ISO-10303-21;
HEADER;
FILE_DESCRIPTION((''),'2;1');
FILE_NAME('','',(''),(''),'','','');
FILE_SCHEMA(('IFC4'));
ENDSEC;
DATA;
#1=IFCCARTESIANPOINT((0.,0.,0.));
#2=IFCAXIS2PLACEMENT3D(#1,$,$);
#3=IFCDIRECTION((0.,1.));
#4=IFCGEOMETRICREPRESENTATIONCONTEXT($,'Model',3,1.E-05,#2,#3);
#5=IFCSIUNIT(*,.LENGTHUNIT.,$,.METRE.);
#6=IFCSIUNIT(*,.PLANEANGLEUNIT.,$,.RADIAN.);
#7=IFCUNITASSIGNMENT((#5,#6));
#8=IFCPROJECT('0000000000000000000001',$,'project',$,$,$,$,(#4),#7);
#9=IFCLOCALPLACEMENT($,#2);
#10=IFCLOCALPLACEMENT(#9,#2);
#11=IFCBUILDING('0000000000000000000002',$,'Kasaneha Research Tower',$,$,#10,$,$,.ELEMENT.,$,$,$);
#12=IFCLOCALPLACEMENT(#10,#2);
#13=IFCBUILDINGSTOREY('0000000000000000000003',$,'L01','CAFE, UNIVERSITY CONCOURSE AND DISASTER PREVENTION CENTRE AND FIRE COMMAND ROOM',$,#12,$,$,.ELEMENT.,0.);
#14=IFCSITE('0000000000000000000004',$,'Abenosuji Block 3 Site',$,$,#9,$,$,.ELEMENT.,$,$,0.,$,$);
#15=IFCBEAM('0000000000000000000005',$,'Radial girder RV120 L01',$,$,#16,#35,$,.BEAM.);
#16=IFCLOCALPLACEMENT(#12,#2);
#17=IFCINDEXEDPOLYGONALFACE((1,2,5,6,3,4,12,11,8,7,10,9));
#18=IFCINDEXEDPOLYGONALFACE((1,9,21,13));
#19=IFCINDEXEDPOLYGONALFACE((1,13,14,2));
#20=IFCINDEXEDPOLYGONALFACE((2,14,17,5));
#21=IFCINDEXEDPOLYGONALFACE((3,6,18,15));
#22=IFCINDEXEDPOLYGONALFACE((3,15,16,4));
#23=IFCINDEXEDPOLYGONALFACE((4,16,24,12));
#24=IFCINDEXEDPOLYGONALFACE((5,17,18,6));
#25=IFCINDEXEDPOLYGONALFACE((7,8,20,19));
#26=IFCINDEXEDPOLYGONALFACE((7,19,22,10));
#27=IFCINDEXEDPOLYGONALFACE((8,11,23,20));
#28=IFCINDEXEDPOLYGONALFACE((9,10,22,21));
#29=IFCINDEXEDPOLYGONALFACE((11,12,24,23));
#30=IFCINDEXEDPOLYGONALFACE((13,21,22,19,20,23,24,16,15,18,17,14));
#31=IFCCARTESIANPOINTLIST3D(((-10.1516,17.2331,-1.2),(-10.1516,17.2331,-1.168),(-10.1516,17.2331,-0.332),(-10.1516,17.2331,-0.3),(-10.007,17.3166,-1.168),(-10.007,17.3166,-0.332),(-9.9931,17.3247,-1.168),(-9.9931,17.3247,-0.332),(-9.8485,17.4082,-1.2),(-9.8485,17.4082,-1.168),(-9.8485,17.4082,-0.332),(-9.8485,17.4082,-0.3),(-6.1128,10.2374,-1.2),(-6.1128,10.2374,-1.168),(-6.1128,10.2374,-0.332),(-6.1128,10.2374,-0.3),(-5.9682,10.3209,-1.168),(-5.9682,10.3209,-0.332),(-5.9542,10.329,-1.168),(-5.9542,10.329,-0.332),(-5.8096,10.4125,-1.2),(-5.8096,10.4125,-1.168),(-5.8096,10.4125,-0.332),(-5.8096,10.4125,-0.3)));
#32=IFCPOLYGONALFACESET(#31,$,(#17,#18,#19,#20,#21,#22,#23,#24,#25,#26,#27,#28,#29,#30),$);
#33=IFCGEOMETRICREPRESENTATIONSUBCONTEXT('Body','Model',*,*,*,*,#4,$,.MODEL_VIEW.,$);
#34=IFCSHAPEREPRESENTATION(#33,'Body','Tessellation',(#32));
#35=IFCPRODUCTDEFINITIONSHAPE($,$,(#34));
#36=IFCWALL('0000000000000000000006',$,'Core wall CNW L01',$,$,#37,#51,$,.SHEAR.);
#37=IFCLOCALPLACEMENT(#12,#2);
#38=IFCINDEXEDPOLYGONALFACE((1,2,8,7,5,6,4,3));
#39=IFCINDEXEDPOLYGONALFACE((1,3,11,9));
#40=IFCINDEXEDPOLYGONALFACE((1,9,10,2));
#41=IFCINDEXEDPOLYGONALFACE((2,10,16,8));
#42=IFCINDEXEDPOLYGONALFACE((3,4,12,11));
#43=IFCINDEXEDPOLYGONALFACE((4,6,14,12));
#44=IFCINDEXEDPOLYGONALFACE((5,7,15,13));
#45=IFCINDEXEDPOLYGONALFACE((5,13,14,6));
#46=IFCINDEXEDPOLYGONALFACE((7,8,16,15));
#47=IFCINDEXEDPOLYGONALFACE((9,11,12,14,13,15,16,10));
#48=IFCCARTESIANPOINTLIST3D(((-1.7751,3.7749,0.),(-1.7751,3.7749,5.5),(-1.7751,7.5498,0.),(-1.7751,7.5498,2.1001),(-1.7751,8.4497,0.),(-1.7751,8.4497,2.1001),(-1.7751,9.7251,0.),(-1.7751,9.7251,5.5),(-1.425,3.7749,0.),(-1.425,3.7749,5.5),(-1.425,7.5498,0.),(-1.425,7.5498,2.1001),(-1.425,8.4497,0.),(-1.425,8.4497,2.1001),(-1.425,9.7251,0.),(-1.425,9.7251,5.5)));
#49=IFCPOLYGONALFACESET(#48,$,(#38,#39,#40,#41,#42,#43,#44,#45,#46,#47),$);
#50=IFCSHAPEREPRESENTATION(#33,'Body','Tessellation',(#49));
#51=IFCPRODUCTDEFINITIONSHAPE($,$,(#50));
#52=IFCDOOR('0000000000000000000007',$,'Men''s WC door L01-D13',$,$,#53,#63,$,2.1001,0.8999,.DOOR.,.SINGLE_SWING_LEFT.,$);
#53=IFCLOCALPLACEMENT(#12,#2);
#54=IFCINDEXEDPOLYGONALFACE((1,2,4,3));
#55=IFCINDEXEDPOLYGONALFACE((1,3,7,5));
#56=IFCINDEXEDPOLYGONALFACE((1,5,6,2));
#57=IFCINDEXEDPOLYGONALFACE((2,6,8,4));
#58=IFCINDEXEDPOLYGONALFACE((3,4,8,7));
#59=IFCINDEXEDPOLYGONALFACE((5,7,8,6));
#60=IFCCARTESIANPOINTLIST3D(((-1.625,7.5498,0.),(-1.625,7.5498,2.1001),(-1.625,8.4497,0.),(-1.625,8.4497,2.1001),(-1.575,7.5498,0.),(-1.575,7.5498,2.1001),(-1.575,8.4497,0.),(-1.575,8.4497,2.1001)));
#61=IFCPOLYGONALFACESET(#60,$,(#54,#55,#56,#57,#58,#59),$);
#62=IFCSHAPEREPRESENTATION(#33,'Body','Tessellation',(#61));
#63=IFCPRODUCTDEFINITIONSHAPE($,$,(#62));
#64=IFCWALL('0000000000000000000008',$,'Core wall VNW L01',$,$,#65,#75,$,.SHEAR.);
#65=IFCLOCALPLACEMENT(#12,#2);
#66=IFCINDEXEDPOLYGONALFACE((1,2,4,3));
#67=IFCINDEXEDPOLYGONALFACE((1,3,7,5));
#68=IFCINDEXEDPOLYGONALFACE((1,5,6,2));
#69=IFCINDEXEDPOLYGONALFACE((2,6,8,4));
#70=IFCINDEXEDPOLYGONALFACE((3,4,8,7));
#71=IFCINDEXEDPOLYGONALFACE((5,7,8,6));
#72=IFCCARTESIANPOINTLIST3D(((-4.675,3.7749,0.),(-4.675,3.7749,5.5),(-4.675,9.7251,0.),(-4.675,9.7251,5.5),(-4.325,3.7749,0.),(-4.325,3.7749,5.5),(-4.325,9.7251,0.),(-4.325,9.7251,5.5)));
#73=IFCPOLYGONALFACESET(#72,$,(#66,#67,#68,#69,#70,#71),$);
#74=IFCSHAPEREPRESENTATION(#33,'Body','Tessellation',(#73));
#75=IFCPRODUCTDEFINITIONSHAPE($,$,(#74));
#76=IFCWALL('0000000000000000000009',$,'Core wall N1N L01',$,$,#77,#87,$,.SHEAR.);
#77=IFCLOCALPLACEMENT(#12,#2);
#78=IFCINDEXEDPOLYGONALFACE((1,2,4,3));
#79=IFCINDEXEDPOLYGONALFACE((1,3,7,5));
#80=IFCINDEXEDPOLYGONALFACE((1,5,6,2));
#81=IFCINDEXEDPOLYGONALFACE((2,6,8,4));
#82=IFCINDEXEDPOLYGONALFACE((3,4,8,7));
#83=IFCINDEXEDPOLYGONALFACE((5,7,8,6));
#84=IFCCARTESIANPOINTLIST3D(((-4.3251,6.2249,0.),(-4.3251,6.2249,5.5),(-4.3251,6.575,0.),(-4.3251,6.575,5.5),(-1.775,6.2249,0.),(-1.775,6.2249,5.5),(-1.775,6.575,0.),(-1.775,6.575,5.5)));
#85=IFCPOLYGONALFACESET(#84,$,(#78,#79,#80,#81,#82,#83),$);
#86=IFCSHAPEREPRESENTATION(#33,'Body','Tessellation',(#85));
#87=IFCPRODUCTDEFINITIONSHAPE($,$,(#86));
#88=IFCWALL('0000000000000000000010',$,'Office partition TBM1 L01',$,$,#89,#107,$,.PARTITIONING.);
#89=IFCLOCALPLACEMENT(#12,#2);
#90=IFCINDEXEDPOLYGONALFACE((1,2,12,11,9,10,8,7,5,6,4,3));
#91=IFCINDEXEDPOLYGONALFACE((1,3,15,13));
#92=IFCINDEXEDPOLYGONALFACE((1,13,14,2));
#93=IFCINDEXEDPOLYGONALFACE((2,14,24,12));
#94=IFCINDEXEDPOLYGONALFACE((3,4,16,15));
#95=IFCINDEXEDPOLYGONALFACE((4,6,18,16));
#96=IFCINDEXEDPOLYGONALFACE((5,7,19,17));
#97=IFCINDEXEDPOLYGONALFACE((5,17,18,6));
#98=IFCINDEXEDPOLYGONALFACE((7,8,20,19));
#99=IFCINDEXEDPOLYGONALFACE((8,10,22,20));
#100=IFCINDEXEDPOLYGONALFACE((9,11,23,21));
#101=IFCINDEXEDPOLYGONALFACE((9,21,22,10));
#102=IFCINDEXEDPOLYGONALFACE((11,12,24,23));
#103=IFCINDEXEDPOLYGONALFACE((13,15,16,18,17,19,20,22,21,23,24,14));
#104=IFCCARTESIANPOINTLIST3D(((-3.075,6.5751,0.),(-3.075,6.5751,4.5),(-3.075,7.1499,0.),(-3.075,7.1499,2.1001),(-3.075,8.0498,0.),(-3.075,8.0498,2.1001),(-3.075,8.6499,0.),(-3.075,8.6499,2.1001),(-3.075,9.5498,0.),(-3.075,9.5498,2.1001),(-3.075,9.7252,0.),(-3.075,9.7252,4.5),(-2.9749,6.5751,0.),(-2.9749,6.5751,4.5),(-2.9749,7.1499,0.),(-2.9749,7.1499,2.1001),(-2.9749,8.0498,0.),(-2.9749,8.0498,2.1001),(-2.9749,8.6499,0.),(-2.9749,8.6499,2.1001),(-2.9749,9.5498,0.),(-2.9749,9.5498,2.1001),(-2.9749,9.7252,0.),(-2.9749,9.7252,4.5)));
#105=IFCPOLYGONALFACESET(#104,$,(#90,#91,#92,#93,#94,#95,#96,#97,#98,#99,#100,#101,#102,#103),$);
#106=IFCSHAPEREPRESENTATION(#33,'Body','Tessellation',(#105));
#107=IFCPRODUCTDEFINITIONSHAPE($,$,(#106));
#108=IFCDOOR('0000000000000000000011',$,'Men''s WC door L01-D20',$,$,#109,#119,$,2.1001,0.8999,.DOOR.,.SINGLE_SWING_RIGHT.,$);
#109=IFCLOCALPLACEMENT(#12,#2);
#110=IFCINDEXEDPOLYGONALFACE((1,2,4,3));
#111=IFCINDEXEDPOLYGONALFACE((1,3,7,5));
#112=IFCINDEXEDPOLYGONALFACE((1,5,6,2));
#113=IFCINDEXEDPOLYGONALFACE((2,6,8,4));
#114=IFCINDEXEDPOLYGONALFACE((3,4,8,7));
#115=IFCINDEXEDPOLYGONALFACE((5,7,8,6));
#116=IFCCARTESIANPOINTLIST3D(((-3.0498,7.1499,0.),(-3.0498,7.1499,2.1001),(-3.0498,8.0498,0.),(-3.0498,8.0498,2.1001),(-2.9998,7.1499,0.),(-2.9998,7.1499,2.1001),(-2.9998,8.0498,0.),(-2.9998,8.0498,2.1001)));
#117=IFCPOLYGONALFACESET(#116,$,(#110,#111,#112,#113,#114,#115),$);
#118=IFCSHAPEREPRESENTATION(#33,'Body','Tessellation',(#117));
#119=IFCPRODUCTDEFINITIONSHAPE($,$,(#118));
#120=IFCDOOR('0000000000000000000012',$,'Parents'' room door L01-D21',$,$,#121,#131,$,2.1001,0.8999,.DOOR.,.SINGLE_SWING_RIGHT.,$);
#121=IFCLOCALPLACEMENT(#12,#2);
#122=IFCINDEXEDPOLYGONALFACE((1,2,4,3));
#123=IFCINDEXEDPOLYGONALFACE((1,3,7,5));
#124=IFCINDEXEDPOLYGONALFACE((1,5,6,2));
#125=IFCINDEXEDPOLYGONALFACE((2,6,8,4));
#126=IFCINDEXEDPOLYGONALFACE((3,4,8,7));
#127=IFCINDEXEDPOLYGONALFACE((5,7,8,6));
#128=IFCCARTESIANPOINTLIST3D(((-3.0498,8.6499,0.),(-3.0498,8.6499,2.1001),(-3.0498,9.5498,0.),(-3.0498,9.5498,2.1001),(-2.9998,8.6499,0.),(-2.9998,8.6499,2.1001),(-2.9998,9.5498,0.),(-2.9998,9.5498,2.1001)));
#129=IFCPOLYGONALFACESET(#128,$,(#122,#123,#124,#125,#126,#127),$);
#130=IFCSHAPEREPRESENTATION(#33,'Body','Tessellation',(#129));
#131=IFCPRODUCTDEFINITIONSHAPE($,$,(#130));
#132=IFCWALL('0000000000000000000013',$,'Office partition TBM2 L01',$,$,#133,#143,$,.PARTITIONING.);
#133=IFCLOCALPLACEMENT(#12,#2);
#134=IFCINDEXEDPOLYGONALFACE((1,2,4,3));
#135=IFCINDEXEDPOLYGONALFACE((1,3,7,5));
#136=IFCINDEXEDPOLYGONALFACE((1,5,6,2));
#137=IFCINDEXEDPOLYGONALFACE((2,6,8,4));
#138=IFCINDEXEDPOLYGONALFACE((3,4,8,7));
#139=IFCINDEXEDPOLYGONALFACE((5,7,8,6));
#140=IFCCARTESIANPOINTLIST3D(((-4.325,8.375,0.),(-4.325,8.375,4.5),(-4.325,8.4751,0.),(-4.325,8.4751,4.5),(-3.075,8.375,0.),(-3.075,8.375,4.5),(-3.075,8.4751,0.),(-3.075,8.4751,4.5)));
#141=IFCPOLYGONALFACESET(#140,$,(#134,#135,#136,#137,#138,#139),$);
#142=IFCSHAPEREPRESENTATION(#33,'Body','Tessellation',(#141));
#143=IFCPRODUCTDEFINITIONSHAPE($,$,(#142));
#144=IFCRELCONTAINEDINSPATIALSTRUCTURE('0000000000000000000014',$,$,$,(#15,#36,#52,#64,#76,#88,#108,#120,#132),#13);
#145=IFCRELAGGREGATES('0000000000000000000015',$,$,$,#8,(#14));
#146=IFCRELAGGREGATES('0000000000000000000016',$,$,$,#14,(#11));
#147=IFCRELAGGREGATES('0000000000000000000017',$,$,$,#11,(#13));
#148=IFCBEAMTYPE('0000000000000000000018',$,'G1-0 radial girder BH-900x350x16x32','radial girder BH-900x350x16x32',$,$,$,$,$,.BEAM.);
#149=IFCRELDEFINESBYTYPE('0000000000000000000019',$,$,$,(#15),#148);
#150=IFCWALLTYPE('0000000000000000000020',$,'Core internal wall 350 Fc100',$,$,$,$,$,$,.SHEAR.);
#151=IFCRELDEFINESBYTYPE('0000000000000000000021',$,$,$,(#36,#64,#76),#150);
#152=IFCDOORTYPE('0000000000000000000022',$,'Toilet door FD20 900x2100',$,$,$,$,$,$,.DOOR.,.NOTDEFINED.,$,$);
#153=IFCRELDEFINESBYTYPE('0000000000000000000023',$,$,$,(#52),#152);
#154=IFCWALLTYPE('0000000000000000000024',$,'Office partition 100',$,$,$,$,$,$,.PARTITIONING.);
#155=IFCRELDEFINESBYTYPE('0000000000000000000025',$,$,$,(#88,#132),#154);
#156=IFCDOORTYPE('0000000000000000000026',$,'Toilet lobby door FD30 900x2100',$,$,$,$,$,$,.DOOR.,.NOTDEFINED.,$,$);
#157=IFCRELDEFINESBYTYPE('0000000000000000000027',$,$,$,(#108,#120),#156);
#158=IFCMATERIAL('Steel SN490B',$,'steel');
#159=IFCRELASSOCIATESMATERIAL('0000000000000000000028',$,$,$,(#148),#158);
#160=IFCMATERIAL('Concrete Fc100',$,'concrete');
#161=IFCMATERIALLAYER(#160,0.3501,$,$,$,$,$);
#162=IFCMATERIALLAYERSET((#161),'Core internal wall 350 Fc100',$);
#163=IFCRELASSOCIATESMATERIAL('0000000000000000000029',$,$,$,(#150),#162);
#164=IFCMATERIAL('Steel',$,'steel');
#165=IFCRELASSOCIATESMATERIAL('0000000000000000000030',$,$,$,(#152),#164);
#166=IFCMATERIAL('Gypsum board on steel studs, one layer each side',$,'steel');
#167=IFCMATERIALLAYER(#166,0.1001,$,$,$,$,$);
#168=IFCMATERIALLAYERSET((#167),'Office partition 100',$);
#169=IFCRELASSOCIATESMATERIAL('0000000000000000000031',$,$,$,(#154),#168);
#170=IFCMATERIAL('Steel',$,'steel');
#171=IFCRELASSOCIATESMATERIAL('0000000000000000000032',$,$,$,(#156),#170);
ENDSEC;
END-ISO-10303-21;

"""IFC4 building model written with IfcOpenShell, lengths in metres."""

from ifc_helpers import new_model, si_unit, direction, frame, frame_2d, origin, origin_2d, place, context, subcontext, project, spatial, rectangle, i_section, extrude, material, layer, layer_set, material_profile, profile_set, type_object, element, fill, save


model = new_model("IFC4")

# Units and contexts
model_context = context("Model", 3, precision=1e-05, world=origin(), true_north=direction((0.0, 1.0)))
body_context = subcontext(model_context, "Body", "Model", "MODEL_VIEW")
ifc_project = project(units=[si_unit("LENGTHUNIT", "METRE"), si_unit("PLANEANGLEUNIT", "RADIAN")], contexts=[model_context])

# Site, building, storey
site_placement = place(None, origin())
site = spatial("IfcSite", under=ifc_project, at=site_placement, Name="Abenosuji Block 3 Site", CompositionType="ELEMENT", RefElevation=0.0)
building_placement = place(site_placement, origin())
building = spatial("IfcBuilding", under=site, at=building_placement, Name="Kasaneha Research Tower", CompositionType="ELEMENT")
storey_placement = place(building_placement, origin())
storey = spatial("IfcBuildingStorey", under=building, at=storey_placement, Name="L01", Description="CAFE, UNIVERSITY CONCOURSE AND DISASTER PREVENTION CENTRE AND FIRE COMMAND ROOM", CompositionType="ELEMENT", Elevation=0.0)

# Beam
ifc_material_1 = material(Name="Steel SN490B", Category="steel")
ifc_material_profile = material_profile(ifc_material_1, i_section(OverallWidth=0.3501, OverallDepth=0.8999, WebThickness=0.0161, FlangeThickness=0.032, at=origin_2d()), Name="BH-900x350x16x32")
ifc_profile_set = profile_set([ifc_material_profile], Name="Steel SN490B")
beam_type = type_object("IfcBeamType", Name="G1-0 radial girder BH-900x350x16x32", Description="radial girder BH-900x350x16x32", PredefinedType="BEAM", material=ifc_profile_set)
beam_placement = place(storey_placement, frame((-5.9612, 10.325, -0.75), z_axis=(-0.499991, 0.866031, 0.0), x_axis=(-0.866031, -0.499991, 0.0)))
element("IfcBeam", 1, at=beam_placement, inside=storey, type_object=beam_type, Name="Radial girder RV120 L01", PredefinedType="BEAM", context=body_context, shape_type="SweptSolid", body=[
    extrude(i_section(OverallWidth=0.3501, OverallDepth=0.8999, WebThickness=0.0161, FlangeThickness=0.032, at=origin_2d()), origin(), (0.0, 0.0, 1.0), 8.0779),
])

# Wall, opening, door
ifc_material_2 = material(Name="Concrete Fc100", Category="concrete")
ifc_layer_1 = layer(ifc_material_2, 0.3501)
ifc_layer_set_1 = layer_set([ifc_layer_1], Name="Core internal wall 350 Fc100")
wall_type_1 = type_object("IfcWallType", Name="Core internal wall 350 Fc100", PredefinedType="SHEAR", material=ifc_layer_set_1)
wall_1_placement = place(storey_placement, frame((-1.6001, 3.7749, 0.0), z_axis=(0.0, 0.0, 1.0), x_axis=(0.0, 1.0, 0.0)))
wall_1 = element("IfcWall", 2, at=wall_1_placement, inside=storey, type_object=wall_type_1, Name="Core wall CNW L01", PredefinedType="SHEAR", context=body_context, shape_type="SweptSolid", body=[
    extrude(rectangle(XDim=5.9502, YDim=0.3501, at=frame_2d((2.9751, 0.0))), origin(), (0.0, 0.0, 1.0), 5.5),
])
opening_1_placement = place(wall_1_placement, frame((3.7749, 0.0, 0.0)))
opening_1 = element("IfcOpeningElement", 3, at=opening_1_placement, cuts=wall_1, PredefinedType="OPENING", context=body_context, shape_type="SweptSolid", body=[
    extrude(rectangle(XDim=0.8999, YDim=2.1001, at=frame_2d((0.45, 1.05))), frame((0.0, 0.1851, 0.0), z_axis=(0.0, -1.0, 0.0), x_axis=(1.0, 0.0, 0.0)), (0.0, 0.0, 1.0), 0.3701),
])
ifc_material_3 = material(Name="Steel", Category="steel")
door_type_1 = type_object("IfcDoorType", Name="Toilet door FD20 900x2100", OperationType="NOTDEFINED", PredefinedType="DOOR", material=ifc_material_3)
door_1_placement = place(opening_1_placement, origin())
door_1 = element("IfcDoor", 4, at=door_1_placement, inside=storey, type_object=door_type_1, Name="Men's WC door L01-D13", OperationType="SINGLE_SWING_LEFT", OverallHeight=2.1001, OverallWidth=0.8999, PredefinedType="DOOR", context=body_context, shape_type="SweptSolid", body=[
    extrude(rectangle(XDim=0.8999, YDim=2.1001, at=frame_2d((0.45, 1.05))), frame((0.0, 0.0249, 0.0), z_axis=(0.0, -1.0, 0.0), x_axis=(1.0, 0.0, 0.0)), (0.0, 0.0, 1.0), 0.05),
])
fill(opening_1, door_1)

# Walls
wall_2_placement = place(storey_placement, frame((-4.5, 3.7749, 0.0), z_axis=(0.0, 0.0, 1.0), x_axis=(0.0, 1.0, 0.0)))
element("IfcWall", 5, at=wall_2_placement, inside=storey, type_object=wall_type_1, Name="Core wall VNW L01", PredefinedType="SHEAR", context=body_context, shape_type="SweptSolid", body=[
    extrude(rectangle(XDim=5.9502, YDim=0.3501, at=frame_2d((2.9751, 0.0))), origin(), (0.0, 0.0, 1.0), 5.5),
])
wall_3_placement = place(storey_placement, frame((-4.325, 6.3999, 0.0), z_axis=(0.0, 0.0, 1.0), x_axis=(1.0, 0.0, 0.0)))
element("IfcWall", 6, at=wall_3_placement, inside=storey, type_object=wall_type_1, Name="Core wall N1N L01", PredefinedType="SHEAR", context=body_context, shape_type="SweptSolid", body=[
    extrude(rectangle(XDim=2.55, YDim=0.3501, at=frame_2d((1.2749, 0.0))), origin(), (0.0, 0.0, 1.0), 5.5),
])

# Wall, openings, doors
ifc_material_4 = material(Name="Gypsum board on steel studs, one layer each side", Category="steel")
ifc_layer_2 = layer(ifc_material_4, 0.1001)
ifc_layer_set_2 = layer_set([ifc_layer_2], Name="Office partition 100")
wall_type_2 = type_object("IfcWallType", Name="Office partition 100", PredefinedType="PARTITIONING", material=ifc_layer_set_2)
wall_4_placement = place(storey_placement, frame((-3.0249, 6.575, 0.0), z_axis=(0.0, 0.0, 1.0), x_axis=(0.0, 1.0, 0.0)))
wall_4 = element("IfcWall", 7, at=wall_4_placement, inside=storey, type_object=wall_type_2, Name="Office partition TBM1 L01", PredefinedType="PARTITIONING", context=body_context, shape_type="SweptSolid", body=[
    extrude(rectangle(XDim=3.1501, YDim=0.1001, at=frame_2d((1.5752, 0.0))), origin(), (0.0, 0.0, 1.0), 4.5),
])
opening_2_placement = place(wall_4_placement, frame((0.575, 0.0, 0.0)))
opening_2 = element("IfcOpeningElement", 8, at=opening_2_placement, cuts=wall_4, PredefinedType="OPENING", context=body_context, shape_type="SweptSolid", body=[
    extrude(rectangle(XDim=0.8999, YDim=2.1001, at=frame_2d((0.45, 1.05))), frame((0.0, 0.0601, 0.0), z_axis=(0.0, -1.0, 0.0), x_axis=(1.0, 0.0, 0.0)), (0.0, 0.0, 1.0), 0.1201),
])
opening_3_placement = place(wall_4_placement, frame((2.075, 0.0, 0.0)))
opening_3 = element("IfcOpeningElement", 9, at=opening_3_placement, cuts=wall_4, PredefinedType="OPENING", context=body_context, shape_type="SweptSolid", body=[
    extrude(rectangle(XDim=0.8999, YDim=2.1001, at=frame_2d((0.45, 1.05))), frame((0.0, 0.0601, 0.0), z_axis=(0.0, -1.0, 0.0), x_axis=(1.0, 0.0, 0.0)), (0.0, 0.0, 1.0), 0.1201),
])
ifc_material_5 = material(Name="Steel", Category="steel")
door_type_2 = type_object("IfcDoorType", Name="Toilet lobby door FD30 900x2100", OperationType="NOTDEFINED", PredefinedType="DOOR", material=ifc_material_5)
door_2_placement = place(opening_2_placement, origin())
door_2 = element("IfcDoor", 10, at=door_2_placement, inside=storey, type_object=door_type_2, Name="Men's WC door L01-D20", OperationType="SINGLE_SWING_RIGHT", OverallHeight=2.1001, OverallWidth=0.8999, PredefinedType="DOOR", context=body_context, shape_type="SweptSolid", body=[
    extrude(rectangle(XDim=0.8999, YDim=2.1001, at=frame_2d((0.45, 1.05))), frame((0.0, 0.0249, 0.0), z_axis=(0.0, -1.0, 0.0), x_axis=(1.0, 0.0, 0.0)), (0.0, 0.0, 1.0), 0.05),
])
fill(opening_2, door_2)
door_3_placement = place(opening_3_placement, origin())
door_3 = element("IfcDoor", 11, at=door_3_placement, inside=storey, type_object=door_type_2, Name="Parents' room door L01-D21", OperationType="SINGLE_SWING_RIGHT", OverallHeight=2.1001, OverallWidth=0.8999, PredefinedType="DOOR", context=body_context, shape_type="SweptSolid", body=[
    extrude(rectangle(XDim=0.8999, YDim=2.1001, at=frame_2d((0.45, 1.05))), frame((0.0, 0.0249, 0.0), z_axis=(0.0, -1.0, 0.0), x_axis=(1.0, 0.0, 0.0)), (0.0, 0.0, 1.0), 0.05),
])
fill(opening_3, door_3)

# Wall
wall_5_placement = place(storey_placement, frame((-3.075, 8.425, 0.0), z_axis=(0.0, 0.0, 1.0), x_axis=(-1.0, 0.0, 0.0)))
element("IfcWall", 12, at=wall_5_placement, inside=storey, type_object=wall_type_2, Name="Office partition TBM2 L01", PredefinedType="PARTITIONING", context=body_context, shape_type="SweptSolid", body=[
    extrude(rectangle(XDim=1.25, YDim=0.1001, at=frame_2d((0.625, 0.0))), origin(), (0.0, 0.0, 1.0), 4.5),
])

save(model, "model.ifc")
